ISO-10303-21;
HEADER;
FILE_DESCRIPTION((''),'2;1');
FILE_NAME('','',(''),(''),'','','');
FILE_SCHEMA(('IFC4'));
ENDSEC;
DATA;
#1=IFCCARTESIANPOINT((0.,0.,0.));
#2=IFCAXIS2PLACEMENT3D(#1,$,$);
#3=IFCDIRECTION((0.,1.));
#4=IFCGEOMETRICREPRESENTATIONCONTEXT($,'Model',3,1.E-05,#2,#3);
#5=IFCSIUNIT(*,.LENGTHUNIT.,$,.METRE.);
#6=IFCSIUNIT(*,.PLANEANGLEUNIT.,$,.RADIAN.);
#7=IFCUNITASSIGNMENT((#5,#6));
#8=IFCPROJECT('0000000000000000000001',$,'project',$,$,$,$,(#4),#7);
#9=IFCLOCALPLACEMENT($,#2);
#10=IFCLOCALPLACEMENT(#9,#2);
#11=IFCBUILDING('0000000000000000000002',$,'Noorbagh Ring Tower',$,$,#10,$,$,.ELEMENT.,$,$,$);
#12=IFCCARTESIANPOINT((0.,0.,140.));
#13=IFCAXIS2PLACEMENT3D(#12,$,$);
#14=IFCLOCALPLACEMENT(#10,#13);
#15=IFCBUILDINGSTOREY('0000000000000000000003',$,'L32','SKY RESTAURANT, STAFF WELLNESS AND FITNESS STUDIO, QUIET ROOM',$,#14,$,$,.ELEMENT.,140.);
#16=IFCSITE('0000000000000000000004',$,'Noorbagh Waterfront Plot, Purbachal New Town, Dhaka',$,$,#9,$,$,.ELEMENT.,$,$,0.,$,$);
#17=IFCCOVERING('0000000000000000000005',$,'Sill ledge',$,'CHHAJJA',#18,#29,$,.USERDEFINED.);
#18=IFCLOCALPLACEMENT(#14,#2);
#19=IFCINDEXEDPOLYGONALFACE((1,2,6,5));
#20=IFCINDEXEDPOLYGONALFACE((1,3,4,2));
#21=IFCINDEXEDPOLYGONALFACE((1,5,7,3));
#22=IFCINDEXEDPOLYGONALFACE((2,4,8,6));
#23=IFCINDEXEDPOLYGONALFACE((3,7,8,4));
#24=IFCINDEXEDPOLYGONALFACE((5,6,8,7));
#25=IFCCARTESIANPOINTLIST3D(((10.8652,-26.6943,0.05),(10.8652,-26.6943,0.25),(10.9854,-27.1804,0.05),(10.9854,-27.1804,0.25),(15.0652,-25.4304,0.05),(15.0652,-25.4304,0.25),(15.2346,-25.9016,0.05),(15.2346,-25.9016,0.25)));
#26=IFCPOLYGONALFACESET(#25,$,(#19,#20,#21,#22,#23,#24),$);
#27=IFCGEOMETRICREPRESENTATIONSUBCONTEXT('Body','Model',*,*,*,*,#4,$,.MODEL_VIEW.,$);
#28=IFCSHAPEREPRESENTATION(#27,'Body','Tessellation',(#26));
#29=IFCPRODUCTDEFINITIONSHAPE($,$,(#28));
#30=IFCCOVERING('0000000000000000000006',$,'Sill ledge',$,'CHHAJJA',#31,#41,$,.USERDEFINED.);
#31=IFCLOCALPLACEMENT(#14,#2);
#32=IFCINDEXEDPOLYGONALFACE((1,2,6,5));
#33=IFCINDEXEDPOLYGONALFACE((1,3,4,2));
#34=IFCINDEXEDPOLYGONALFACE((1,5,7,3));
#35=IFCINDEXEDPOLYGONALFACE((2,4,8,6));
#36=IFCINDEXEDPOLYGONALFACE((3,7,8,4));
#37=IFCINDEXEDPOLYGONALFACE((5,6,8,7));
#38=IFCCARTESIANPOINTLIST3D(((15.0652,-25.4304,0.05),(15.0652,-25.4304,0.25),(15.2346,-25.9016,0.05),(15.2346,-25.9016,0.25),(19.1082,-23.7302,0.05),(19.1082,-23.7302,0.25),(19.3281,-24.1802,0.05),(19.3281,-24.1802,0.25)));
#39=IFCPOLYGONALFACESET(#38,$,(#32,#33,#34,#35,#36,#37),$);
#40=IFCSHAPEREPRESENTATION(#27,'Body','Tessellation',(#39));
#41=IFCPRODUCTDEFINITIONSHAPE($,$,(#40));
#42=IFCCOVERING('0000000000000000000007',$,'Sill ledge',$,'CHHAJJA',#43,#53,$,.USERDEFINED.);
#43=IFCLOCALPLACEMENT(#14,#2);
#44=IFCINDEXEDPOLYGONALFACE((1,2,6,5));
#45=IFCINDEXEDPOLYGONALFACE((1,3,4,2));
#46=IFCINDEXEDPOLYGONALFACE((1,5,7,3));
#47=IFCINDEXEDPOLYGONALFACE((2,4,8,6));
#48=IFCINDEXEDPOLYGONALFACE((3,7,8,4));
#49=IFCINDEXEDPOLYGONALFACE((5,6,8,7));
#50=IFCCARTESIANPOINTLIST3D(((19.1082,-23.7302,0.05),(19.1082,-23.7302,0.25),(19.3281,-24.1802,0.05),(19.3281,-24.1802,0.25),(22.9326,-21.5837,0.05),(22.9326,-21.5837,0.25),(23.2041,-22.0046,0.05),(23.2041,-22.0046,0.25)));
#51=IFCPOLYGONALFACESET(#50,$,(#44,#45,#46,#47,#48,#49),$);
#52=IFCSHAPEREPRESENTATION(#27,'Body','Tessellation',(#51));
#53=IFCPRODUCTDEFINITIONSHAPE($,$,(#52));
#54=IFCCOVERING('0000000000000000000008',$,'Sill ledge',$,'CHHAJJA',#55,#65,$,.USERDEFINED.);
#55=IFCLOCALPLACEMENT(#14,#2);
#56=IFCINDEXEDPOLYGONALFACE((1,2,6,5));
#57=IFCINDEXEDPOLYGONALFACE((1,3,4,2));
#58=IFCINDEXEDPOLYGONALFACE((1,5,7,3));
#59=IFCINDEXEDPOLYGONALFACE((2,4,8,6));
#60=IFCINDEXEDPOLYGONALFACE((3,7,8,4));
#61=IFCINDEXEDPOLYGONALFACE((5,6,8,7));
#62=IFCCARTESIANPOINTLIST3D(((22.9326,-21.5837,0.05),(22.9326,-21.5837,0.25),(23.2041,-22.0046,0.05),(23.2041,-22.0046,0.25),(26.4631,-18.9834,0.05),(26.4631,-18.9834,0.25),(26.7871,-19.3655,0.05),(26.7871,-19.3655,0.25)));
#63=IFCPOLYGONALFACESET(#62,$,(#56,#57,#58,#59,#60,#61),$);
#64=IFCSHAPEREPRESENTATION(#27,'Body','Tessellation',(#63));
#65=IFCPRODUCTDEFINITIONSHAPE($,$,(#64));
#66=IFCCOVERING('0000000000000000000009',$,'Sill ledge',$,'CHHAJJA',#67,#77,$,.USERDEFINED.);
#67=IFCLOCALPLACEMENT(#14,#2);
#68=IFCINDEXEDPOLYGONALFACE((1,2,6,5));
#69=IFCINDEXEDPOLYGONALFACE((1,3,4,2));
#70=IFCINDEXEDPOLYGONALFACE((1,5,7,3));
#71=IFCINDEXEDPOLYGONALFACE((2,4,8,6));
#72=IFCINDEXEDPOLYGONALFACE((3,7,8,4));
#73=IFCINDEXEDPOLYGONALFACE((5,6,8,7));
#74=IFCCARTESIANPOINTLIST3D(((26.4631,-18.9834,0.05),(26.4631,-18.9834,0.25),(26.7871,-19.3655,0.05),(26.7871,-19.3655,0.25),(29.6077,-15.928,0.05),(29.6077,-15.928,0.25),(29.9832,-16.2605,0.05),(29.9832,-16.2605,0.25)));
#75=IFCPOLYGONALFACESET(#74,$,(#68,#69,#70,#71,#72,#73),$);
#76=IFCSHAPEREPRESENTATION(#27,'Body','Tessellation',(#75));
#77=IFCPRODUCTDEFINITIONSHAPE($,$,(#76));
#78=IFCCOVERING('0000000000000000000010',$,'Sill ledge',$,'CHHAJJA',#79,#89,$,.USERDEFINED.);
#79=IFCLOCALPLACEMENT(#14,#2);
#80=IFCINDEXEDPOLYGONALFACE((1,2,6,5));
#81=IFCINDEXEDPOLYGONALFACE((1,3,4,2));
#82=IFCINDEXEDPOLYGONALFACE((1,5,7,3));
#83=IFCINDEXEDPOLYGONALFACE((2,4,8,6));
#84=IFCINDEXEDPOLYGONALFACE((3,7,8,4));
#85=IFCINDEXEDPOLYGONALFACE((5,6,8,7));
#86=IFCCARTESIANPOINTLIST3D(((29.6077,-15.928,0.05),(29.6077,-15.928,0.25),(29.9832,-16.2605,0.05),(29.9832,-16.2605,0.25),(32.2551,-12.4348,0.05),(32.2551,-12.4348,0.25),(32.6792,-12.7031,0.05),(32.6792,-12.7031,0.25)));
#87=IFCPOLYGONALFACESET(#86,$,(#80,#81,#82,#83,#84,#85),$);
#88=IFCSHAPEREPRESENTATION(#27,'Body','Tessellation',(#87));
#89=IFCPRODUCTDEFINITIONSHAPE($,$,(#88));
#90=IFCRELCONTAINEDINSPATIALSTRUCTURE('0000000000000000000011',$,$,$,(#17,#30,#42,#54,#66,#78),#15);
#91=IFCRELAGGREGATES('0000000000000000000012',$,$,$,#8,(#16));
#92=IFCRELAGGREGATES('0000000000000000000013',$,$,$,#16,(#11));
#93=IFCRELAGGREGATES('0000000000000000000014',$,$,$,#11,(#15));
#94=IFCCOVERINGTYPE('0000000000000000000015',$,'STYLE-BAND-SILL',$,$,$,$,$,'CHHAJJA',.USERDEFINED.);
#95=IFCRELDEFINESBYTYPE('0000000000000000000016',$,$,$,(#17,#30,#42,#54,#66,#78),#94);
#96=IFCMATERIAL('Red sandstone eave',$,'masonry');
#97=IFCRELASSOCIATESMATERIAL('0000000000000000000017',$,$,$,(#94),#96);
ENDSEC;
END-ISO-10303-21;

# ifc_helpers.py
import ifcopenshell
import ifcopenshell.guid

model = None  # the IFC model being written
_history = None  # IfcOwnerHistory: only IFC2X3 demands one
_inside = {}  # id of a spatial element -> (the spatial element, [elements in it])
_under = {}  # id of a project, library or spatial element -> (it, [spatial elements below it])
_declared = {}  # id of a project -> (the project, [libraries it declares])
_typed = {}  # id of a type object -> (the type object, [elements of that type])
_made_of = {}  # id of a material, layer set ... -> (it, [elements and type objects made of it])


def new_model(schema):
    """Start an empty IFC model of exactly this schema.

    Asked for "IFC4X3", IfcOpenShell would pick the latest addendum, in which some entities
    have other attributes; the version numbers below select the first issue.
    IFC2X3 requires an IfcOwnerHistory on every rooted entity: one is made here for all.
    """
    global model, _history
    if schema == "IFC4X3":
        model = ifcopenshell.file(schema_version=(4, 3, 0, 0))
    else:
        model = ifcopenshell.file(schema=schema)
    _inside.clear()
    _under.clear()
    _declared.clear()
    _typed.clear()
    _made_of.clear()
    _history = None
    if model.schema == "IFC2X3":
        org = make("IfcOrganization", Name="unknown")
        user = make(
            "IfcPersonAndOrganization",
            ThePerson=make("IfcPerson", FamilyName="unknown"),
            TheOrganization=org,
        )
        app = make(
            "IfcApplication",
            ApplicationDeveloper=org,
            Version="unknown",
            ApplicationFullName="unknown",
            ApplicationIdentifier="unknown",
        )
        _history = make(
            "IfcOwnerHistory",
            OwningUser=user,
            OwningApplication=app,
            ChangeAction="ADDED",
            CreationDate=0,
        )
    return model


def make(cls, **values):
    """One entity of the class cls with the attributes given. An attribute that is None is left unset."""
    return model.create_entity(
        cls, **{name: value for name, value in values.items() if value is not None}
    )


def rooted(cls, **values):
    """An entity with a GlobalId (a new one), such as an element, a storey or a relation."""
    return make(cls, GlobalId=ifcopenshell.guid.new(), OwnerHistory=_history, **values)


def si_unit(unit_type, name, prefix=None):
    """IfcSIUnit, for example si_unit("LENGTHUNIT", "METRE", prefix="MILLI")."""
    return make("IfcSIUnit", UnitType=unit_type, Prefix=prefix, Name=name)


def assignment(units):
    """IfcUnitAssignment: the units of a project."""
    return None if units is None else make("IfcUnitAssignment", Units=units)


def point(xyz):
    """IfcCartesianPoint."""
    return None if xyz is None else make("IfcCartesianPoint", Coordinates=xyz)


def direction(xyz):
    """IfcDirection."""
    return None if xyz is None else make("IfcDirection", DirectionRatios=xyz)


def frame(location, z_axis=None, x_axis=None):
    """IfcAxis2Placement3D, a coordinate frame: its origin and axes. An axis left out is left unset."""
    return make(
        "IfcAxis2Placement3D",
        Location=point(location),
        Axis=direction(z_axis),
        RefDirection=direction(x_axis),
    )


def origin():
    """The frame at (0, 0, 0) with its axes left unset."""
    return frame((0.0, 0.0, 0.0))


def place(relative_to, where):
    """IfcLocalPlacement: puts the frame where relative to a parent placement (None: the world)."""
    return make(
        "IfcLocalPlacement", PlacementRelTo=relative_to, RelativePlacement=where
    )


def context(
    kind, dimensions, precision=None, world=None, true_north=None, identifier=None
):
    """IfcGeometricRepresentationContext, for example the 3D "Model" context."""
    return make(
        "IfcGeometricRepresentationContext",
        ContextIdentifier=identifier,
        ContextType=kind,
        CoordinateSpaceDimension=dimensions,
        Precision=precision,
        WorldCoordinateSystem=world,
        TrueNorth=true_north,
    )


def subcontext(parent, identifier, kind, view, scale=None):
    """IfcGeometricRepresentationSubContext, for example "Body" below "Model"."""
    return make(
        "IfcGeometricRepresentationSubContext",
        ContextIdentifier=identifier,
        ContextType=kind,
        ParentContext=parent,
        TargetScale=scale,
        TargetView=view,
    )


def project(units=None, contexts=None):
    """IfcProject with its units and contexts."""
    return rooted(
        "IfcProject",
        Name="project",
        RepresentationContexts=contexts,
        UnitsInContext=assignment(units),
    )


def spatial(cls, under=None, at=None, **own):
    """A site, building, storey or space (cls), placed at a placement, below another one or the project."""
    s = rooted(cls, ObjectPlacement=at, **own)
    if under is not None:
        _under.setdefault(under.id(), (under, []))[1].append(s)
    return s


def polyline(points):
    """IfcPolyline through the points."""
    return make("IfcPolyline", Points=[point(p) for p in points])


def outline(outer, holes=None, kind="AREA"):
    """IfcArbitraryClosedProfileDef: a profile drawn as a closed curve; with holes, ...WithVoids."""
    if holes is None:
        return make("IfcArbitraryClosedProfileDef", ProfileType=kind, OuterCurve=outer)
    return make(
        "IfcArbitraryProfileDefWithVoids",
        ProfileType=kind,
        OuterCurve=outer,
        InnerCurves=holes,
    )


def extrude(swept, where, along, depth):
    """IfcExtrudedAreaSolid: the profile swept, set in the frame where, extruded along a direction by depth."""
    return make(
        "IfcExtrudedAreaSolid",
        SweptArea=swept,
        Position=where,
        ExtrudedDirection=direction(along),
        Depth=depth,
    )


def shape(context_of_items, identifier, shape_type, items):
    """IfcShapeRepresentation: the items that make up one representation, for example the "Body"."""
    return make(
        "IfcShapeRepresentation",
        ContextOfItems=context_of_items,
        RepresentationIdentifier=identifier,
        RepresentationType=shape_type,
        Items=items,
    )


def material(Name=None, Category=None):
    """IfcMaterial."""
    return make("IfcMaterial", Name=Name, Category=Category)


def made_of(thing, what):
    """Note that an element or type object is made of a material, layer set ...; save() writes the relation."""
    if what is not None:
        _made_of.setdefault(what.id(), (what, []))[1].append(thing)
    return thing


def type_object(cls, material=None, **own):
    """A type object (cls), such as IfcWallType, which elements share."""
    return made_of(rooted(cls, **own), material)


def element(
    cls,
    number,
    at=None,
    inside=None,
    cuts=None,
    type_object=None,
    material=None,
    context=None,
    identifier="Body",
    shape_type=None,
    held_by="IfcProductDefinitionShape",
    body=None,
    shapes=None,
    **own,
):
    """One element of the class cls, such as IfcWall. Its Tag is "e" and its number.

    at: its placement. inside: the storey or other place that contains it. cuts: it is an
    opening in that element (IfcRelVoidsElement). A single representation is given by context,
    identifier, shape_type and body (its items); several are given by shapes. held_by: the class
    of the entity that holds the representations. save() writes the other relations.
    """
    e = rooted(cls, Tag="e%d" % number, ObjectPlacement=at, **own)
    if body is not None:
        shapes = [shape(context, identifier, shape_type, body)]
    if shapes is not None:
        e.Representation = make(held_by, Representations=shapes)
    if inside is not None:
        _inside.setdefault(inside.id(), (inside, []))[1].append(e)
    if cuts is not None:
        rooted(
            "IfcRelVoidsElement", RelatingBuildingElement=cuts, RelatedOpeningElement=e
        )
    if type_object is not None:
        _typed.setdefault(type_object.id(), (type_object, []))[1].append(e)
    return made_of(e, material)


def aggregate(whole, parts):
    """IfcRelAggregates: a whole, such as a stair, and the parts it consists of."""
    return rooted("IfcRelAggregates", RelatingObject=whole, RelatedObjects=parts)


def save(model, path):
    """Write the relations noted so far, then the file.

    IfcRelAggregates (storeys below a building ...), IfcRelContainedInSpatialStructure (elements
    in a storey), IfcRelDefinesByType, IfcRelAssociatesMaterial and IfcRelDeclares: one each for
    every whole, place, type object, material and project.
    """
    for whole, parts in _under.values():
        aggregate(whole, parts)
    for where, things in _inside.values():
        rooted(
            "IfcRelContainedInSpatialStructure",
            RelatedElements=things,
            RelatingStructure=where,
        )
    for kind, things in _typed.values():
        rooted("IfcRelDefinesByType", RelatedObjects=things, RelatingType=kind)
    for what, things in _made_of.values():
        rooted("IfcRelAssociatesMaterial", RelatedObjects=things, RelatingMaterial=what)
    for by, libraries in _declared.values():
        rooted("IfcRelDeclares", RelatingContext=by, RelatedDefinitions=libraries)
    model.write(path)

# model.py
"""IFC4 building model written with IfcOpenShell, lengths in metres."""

from ifc_helpers import new_model, si_unit, direction, frame, origin, place, context, subcontext, project, spatial, polyline, outline, extrude, material, type_object, element, save


model = new_model("IFC4")

# Units and contexts
model_context = context("Model", 3, precision=1e-05, world=origin(), true_north=direction((0.0, 1.0)))
body_context = subcontext(model_context, "Body", "Model", "MODEL_VIEW")
ifc_project = project(units=[si_unit("LENGTHUNIT", "METRE"), si_unit("PLANEANGLEUNIT", "RADIAN")], contexts=[model_context])

# Site, building, storey
site_placement = place(None, origin())
site = spatial("IfcSite", under=ifc_project, at=site_placement, Name="Noorbagh Waterfront Plot, Purbachal New Town, Dhaka", CompositionType="ELEMENT", RefElevation=0.0)
building_placement = place(site_placement, origin())
building = spatial("IfcBuilding", under=site, at=building_placement, Name="Noorbagh Ring Tower", CompositionType="ELEMENT")
storey_placement = place(building_placement, frame((0.0, 0.0, 140.0)))
storey = spatial("IfcBuildingStorey", under=building, at=storey_placement, Name="L32", Description="SKY RESTAURANT, STAFF WELLNESS AND FITNESS STUDIO, QUIET ROOM", CompositionType="ELEMENT", Elevation=140.0)

# Coverings
ifc_material_1 = material(Name="Red sandstone eave", Category="masonry")
covering_type_1 = type_object("IfcCoveringType", Name="STYLE-BAND-SILL", ElementType="CHHAJJA", PredefinedType="USERDEFINED", material=ifc_material_1)
covering_1_placement = place(storey_placement, frame((0.0, 0.0, 0.05)))
element("IfcCovering", 1, at=covering_1_placement, inside=storey, type_object=covering_type_1, Name="Sill ledge", ObjectType="CHHAJJA", PredefinedType="USERDEFINED", context=body_context, shape_type="SweptSolid", body=[
    extrude(outline(polyline([(10.8652, -26.6943), (15.0652, -25.4304), (15.2346, -25.9016), (10.9854, -27.1804), (10.8652, -26.6943)])), origin(), (0.0, 0.0, 1.0), 0.2),
])
covering_2_placement = place(storey_placement, frame((0.0, 0.0, 0.05)))
element("IfcCovering", 2, at=covering_2_placement, inside=storey, type_object=covering_type_1, Name="Sill ledge", ObjectType="CHHAJJA", PredefinedType="USERDEFINED", context=body_context, shape_type="SweptSolid", body=[
    extrude(outline(polyline([(15.0652, -25.4304), (19.1082, -23.7302), (19.3281, -24.1802), (15.2346, -25.9016), (15.0652, -25.4304)])), origin(), (0.0, 0.0, 1.0), 0.2),
])
covering_3_placement = place(storey_placement, frame((0.0, 0.0, 0.05)))
element("IfcCovering", 3, at=covering_3_placement, inside=storey, type_object=covering_type_1, Name="Sill ledge", ObjectType="CHHAJJA", PredefinedType="USERDEFINED", context=body_context, shape_type="SweptSolid", body=[
    extrude(outline(polyline([(19.1082, -23.7302), (22.9326, -21.5837), (23.2041, -22.0046), (19.3281, -24.1802), (19.1082, -23.7302)])), origin(), (0.0, 0.0, 1.0), 0.2),
])
covering_4_placement = place(storey_placement, frame((0.0, 0.0, 0.05)))
element("IfcCovering", 4, at=covering_4_placement, inside=storey, type_object=covering_type_1, Name="Sill ledge", ObjectType="CHHAJJA", PredefinedType="USERDEFINED", context=body_context, shape_type="SweptSolid", body=[
    extrude(outline(polyline([(22.9326, -21.5837), (26.4631, -18.9834), (26.7871, -19.3655), (23.2041, -22.0046), (22.9326, -21.5837)])), origin(), (0.0, 0.0, 1.0), 0.2),
])
covering_5_placement = place(storey_placement, frame((0.0, 0.0, 0.05)))
element("IfcCovering", 5, at=covering_5_placement, inside=storey, type_object=covering_type_1, Name="Sill ledge", ObjectType="CHHAJJA", PredefinedType="USERDEFINED", context=body_context, shape_type="SweptSolid", body=[
    extrude(outline(polyline([(26.4631, -18.9834), (29.6077, -15.928), (29.9832, -16.2605), (26.7871, -19.3655), (26.4631, -18.9834)])), origin(), (0.0, 0.0, 1.0), 0.2),
])
covering_6_placement = place(storey_placement, frame((0.0, 0.0, 0.05)))
element("IfcCovering", 6, at=covering_6_placement, inside=storey, type_object=covering_type_1, Name="Sill ledge", ObjectType="CHHAJJA", PredefinedType="USERDEFINED", context=body_context, shape_type="SweptSolid", body=[
    extrude(outline(polyline([(29.6077, -15.928), (32.2551, -12.4348), (32.6792, -12.7031), (29.9832, -16.2605), (29.6077, -15.928)])), origin(), (0.0, 0.0, 1.0), 0.2),
])

save(model, "model.ifc")
